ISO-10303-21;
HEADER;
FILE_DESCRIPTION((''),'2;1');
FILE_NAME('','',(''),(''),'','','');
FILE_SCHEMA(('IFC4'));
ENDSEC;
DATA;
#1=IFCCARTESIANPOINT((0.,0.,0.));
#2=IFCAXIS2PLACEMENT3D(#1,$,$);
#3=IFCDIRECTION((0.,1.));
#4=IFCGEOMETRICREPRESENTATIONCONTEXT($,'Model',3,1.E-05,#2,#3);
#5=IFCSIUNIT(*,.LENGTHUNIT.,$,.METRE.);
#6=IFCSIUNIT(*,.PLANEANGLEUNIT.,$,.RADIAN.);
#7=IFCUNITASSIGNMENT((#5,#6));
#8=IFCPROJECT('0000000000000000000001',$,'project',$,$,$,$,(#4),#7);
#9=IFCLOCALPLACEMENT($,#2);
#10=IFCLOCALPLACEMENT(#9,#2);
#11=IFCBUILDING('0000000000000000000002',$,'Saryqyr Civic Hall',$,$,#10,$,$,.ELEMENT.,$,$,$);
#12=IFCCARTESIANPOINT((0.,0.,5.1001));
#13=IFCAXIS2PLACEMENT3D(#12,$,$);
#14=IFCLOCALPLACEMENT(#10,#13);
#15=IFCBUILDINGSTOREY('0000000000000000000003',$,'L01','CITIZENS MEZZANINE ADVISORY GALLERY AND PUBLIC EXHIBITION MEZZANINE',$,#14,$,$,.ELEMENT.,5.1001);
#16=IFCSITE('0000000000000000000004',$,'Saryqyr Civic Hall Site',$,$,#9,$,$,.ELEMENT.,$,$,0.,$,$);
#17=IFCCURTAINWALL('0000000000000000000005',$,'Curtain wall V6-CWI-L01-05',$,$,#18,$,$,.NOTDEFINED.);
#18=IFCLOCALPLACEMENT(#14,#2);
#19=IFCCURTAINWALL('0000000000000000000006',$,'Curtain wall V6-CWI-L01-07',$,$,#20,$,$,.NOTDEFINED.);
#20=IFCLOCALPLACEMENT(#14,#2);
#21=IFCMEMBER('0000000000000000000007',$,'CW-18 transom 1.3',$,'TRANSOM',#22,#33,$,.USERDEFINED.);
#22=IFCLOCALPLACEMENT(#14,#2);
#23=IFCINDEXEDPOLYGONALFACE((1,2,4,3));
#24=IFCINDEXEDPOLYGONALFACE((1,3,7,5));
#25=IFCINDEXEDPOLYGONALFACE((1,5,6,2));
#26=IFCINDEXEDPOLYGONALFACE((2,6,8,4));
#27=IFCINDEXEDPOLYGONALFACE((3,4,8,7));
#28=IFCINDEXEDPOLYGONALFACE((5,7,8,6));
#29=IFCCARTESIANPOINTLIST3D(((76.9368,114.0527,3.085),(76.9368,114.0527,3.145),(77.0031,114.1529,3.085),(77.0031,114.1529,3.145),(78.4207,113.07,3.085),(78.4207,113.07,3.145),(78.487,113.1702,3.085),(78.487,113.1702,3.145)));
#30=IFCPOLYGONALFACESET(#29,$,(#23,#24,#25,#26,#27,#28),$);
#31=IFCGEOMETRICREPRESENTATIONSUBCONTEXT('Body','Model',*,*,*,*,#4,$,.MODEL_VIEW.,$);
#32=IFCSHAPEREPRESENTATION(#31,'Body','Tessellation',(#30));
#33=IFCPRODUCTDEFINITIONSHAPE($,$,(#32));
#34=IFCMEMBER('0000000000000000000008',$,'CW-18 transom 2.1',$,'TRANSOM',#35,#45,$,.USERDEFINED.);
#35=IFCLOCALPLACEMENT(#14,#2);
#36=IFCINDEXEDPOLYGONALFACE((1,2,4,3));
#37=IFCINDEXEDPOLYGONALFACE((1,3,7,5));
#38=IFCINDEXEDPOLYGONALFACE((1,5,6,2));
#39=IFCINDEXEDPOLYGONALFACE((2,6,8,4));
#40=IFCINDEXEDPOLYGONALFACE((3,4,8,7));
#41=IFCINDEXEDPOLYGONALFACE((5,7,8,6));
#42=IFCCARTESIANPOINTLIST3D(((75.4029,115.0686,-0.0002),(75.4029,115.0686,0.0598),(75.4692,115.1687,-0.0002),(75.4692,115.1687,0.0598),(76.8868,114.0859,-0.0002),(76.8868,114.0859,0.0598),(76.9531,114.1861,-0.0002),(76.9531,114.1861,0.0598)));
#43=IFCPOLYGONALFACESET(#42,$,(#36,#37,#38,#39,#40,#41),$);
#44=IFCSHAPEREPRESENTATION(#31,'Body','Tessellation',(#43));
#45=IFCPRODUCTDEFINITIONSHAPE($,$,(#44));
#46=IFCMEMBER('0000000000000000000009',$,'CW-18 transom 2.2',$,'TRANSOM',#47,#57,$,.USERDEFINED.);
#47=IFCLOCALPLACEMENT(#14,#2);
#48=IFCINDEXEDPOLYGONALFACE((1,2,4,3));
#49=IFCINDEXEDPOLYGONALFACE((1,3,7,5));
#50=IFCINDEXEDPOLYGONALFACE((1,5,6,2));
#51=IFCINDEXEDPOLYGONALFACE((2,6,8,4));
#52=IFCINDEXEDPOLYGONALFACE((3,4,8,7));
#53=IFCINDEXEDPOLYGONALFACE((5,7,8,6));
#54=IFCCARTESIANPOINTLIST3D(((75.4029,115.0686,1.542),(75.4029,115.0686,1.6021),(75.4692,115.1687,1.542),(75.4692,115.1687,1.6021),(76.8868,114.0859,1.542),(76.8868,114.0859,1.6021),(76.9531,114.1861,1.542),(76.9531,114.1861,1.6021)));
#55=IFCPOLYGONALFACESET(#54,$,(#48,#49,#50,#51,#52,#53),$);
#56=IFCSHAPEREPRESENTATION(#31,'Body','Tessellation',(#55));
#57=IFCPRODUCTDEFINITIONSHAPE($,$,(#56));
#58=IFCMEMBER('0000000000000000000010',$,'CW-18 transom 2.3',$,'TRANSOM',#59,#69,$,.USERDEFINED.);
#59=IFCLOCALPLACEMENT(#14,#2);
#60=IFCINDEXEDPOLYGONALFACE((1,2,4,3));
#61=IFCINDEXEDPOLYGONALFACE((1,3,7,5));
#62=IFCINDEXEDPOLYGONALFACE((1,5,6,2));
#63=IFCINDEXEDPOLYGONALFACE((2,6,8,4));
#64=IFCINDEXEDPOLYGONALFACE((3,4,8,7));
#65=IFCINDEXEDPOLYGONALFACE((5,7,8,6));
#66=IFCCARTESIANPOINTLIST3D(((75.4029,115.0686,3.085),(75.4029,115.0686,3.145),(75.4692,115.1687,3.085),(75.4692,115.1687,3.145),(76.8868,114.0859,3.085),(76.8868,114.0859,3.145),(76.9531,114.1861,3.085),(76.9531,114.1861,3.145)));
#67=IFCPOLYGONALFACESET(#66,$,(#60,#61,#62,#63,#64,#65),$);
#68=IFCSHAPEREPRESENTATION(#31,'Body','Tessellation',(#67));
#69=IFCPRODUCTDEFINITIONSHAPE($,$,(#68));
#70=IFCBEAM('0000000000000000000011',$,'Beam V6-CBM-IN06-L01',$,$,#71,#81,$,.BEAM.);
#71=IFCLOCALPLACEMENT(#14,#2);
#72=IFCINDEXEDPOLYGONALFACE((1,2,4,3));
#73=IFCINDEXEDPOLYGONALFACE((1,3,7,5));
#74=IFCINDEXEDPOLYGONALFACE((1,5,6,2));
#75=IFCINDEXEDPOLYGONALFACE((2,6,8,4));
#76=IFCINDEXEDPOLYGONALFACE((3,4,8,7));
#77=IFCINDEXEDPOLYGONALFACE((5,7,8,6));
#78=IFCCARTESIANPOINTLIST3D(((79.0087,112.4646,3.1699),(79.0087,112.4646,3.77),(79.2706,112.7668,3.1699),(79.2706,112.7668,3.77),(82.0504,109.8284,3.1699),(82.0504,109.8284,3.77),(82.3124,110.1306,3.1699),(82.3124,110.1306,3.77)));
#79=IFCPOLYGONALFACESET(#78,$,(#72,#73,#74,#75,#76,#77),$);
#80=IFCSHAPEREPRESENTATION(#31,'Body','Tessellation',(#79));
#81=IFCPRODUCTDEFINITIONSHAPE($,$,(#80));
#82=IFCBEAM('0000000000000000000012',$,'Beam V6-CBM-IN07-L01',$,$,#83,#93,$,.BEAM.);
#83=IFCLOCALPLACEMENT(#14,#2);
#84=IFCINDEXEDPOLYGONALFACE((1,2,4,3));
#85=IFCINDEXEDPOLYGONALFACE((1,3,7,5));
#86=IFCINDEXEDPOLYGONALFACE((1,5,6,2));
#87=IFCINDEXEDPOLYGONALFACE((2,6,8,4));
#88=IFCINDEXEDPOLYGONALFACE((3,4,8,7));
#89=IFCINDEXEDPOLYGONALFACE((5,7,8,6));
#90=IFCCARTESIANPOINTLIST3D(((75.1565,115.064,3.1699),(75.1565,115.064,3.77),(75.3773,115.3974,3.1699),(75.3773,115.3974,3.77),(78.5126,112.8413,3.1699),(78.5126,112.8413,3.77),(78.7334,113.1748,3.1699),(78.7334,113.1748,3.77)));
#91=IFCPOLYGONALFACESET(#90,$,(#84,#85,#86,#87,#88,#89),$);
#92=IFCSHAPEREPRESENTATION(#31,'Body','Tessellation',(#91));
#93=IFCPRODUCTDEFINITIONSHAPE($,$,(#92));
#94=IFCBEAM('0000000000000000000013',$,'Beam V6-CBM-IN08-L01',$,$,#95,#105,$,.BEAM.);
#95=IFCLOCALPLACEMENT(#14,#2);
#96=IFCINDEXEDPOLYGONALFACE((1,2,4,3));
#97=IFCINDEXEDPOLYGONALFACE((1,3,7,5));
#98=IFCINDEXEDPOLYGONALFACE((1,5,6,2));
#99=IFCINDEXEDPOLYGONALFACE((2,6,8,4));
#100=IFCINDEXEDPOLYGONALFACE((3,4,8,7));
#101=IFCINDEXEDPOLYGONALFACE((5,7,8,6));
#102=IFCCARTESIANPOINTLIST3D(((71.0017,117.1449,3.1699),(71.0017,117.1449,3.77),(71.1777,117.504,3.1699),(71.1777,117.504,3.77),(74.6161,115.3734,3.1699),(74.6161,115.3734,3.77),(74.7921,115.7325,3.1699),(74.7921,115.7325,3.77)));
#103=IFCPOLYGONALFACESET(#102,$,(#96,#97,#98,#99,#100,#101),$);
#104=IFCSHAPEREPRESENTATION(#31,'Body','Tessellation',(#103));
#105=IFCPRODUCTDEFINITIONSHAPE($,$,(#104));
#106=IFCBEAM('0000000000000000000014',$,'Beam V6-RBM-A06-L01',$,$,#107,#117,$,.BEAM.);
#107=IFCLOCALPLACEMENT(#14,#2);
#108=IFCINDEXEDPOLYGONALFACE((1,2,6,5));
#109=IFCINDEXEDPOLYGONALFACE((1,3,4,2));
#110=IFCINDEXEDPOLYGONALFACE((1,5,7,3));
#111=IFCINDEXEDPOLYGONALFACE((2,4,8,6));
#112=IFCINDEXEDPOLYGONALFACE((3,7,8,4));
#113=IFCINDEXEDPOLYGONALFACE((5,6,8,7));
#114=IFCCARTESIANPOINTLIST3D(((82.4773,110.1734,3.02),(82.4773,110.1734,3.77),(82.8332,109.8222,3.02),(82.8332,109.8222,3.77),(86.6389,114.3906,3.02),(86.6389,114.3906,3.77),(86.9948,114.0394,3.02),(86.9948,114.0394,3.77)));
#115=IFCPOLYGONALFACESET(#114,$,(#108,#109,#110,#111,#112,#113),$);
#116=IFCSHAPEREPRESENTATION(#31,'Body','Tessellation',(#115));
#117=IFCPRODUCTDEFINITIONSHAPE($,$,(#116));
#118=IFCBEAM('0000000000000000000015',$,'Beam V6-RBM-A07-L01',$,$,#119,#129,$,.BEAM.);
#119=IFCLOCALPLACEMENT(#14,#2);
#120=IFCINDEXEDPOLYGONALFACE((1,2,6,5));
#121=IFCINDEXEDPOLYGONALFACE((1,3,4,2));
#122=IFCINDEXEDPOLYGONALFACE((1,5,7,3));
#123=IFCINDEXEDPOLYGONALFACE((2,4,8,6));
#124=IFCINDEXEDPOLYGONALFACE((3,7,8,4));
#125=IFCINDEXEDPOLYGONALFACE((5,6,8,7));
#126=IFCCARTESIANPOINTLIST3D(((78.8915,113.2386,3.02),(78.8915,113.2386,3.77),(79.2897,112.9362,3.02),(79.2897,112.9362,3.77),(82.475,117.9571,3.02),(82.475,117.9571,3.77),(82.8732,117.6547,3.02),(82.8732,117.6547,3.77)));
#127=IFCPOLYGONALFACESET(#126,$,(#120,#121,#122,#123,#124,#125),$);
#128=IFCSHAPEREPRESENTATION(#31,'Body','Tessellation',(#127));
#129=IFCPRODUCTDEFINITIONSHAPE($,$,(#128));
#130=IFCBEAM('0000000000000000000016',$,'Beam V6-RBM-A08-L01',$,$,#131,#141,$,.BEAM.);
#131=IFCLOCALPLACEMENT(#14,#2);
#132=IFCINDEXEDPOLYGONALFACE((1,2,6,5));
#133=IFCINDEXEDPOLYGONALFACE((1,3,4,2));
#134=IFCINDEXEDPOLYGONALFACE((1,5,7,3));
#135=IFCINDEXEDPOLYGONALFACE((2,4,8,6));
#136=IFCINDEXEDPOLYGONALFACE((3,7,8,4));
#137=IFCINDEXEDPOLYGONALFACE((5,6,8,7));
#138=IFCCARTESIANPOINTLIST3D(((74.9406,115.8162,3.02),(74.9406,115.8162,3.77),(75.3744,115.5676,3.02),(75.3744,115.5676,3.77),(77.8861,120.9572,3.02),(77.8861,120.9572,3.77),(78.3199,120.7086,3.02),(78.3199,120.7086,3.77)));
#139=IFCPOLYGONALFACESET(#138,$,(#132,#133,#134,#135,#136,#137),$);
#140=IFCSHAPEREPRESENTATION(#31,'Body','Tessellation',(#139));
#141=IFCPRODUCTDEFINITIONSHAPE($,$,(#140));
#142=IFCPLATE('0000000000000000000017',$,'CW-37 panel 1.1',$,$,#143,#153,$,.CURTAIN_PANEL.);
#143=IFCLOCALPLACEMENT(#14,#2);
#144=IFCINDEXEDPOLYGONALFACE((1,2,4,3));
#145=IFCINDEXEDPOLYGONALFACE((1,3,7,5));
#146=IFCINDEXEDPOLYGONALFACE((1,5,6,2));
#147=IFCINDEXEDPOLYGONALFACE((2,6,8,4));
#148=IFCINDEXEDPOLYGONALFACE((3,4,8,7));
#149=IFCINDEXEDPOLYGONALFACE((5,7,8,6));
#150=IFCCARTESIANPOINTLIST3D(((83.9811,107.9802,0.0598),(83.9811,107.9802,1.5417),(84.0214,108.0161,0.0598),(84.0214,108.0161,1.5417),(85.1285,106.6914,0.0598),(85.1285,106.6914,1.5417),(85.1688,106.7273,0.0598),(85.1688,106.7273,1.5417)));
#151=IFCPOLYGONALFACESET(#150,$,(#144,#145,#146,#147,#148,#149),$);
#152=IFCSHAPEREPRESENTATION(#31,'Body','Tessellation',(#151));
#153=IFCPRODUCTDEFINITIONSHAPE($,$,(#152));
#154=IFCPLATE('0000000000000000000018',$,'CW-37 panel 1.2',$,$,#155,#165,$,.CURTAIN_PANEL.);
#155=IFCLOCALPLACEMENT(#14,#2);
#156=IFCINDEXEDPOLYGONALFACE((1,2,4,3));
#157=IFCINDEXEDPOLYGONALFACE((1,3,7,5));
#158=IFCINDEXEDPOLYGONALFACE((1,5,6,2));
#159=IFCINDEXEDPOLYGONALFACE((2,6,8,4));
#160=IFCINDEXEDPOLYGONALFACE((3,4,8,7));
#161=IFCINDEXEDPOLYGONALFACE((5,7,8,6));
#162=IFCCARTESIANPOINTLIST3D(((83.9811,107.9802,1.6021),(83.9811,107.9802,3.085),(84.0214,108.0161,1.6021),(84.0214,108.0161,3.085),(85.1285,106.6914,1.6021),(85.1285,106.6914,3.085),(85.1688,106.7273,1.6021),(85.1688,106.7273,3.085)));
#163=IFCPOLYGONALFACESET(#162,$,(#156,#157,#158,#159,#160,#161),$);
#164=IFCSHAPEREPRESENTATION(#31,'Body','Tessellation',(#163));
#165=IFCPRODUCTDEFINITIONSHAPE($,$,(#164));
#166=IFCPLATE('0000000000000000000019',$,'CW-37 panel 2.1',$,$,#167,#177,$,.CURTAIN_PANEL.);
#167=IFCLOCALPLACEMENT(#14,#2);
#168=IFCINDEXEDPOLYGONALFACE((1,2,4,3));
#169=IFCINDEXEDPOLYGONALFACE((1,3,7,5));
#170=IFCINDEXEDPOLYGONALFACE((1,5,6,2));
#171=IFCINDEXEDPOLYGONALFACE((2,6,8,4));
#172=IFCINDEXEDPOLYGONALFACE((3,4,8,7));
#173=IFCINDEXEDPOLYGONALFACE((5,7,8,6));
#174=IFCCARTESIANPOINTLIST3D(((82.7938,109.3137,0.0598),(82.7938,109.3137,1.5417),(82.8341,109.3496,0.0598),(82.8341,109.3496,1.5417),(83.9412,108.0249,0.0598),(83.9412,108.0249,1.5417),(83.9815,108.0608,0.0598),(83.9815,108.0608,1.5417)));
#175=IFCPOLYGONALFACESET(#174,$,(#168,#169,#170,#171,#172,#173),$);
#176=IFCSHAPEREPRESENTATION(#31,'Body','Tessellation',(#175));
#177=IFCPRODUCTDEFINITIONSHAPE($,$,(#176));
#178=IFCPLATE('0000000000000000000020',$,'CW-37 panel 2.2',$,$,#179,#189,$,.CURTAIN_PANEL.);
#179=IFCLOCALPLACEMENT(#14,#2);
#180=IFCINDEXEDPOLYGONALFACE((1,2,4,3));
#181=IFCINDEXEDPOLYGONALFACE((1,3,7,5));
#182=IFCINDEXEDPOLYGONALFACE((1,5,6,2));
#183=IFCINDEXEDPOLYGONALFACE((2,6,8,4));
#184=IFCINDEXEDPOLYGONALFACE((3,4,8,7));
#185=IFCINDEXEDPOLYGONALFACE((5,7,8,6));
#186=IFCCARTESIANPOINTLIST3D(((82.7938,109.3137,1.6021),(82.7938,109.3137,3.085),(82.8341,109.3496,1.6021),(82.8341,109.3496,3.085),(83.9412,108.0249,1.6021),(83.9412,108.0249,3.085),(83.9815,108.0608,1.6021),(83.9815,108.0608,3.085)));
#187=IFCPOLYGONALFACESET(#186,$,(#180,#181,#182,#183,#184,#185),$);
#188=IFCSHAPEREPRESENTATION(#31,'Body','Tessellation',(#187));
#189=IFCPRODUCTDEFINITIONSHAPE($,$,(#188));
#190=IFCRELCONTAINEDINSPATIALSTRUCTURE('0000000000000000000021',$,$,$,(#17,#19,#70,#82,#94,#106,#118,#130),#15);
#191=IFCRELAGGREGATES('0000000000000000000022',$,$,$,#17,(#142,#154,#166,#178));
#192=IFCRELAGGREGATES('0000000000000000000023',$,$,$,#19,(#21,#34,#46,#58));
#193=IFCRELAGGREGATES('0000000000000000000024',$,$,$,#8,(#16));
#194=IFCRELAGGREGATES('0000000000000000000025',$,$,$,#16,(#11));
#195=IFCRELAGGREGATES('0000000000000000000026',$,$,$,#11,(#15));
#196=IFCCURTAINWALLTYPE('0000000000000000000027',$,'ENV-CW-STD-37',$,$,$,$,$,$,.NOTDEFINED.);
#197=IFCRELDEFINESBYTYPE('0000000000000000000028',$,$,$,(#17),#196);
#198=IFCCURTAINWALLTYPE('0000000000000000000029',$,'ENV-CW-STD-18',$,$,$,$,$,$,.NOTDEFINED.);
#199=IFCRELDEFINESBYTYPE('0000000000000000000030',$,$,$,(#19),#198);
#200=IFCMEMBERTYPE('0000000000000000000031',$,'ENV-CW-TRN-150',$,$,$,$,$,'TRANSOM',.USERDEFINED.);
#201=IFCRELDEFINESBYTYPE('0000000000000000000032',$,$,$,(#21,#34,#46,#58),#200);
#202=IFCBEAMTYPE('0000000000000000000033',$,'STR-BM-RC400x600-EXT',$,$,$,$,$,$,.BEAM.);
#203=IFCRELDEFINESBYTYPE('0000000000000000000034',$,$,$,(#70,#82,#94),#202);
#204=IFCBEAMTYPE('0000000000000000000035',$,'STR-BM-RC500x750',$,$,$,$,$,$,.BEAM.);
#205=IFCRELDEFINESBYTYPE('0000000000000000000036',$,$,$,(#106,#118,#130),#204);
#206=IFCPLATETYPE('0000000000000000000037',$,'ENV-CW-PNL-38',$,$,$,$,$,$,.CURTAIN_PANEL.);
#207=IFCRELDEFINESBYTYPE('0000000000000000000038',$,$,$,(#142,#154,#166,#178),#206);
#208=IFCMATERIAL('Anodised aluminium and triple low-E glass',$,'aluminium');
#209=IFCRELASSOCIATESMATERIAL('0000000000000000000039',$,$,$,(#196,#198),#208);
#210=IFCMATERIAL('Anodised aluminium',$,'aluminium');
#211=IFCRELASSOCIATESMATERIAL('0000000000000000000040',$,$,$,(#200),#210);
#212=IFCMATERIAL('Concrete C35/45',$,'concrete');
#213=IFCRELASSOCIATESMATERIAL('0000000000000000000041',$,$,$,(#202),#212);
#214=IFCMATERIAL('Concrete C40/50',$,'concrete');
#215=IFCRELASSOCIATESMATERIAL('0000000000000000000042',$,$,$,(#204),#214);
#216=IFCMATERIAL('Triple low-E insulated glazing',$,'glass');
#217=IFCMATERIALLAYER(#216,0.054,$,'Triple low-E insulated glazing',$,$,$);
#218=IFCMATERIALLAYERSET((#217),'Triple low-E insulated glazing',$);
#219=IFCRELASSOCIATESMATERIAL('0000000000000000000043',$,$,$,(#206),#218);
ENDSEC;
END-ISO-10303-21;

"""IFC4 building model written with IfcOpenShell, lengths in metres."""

from ifc_helpers import new_model, si_unit, direction, frame, origin, origin_2d, place, context, subcontext, project, spatial, rectangle, extrude, material, layer, layer_set, material_profile, profile_set, type_object, element, aggregate, save


model = new_model("IFC4")

# Units and contexts
model_context = context("Model", 3, precision=1e-05, world=origin(), true_north=direction((0.0, 1.0)))
body_context = subcontext(model_context, "Body", "Model", "MODEL_VIEW")
ifc_project = project(units=[si_unit("LENGTHUNIT", "METRE"), si_unit("PLANEANGLEUNIT", "RADIAN")], contexts=[model_context])

# Site, building, storey
site_placement = place(None, origin())
site = spatial("IfcSite", under=ifc_project, at=site_placement, Name="Saryqyr Civic Hall Site", CompositionType="ELEMENT", RefElevation=0.0)
building_placement = place(site_placement, origin())
building = spatial("IfcBuilding", under=site, at=building_placement, Name="Saryqyr Civic Hall", CompositionType="ELEMENT")
storey_placement = place(building_placement, frame((0.0, 0.0, 5.1001)))
storey = spatial("IfcBuildingStorey", under=building, at=storey_placement, Name="L01", Description="CITIZENS MEZZANINE ADVISORY GALLERY AND PUBLIC EXHIBITION MEZZANINE", CompositionType="ELEMENT", Elevation=5.1001)

# Shared definitions
ifc_material_1 = material(Name="Concrete C40/50", Category="concrete")

# Curtain walls
ifc_material_2 = material(Name="Anodised aluminium and triple low-E glass", Category="aluminium")
curtain_wall_type_1 = type_object("IfcCurtainWallType", Name="ENV-CW-STD-37", PredefinedType="NOTDEFINED", material=ifc_material_2)
curtain_wall_1_placement = place(storey_placement, origin())
curtain_wall_1 = element("IfcCurtainWall", 1, at=curtain_wall_1_placement, inside=storey, type_object=curtain_wall_type_1, Name="Curtain wall V6-CWI-L01-05", PredefinedType="NOTDEFINED")
ifc_material_3 = material(Name="Anodised aluminium", Category="aluminium")
curtain_wall_type_2 = type_object("IfcCurtainWallType", Name="ENV-CW-STD-18", PredefinedType="NOTDEFINED", material=ifc_material_2)
curtain_wall_2_placement = place(storey_placement, origin())
curtain_wall_2 = element("IfcCurtainWall", 2, at=curtain_wall_2_placement, inside=storey, type_object=curtain_wall_type_2, Name="Curtain wall V6-CWI-L01-07", PredefinedType="NOTDEFINED")

# Members
ifc_material_profile_1 = material_profile(ifc_material_3, rectangle(XDim=0.1201, YDim=0.0601, at=origin_2d()), Name="ALU TRANSOM 120x60")
ifc_profile_set_1 = profile_set([ifc_material_profile_1], Name="Anodised aluminium")
member_type_1 = type_object("IfcMemberType", Name="ENV-CW-TRN-150", ElementType="TRANSOM", PredefinedType="USERDEFINED", material=ifc_profile_set_1)
member_1_placement = place(storey_placement, frame((78.4539, 113.1201, 3.115), z_axis=(-0.833756, 0.552133, 0.0), x_axis=(-0.552133, -0.833756, 0.0)))
member_1 = element("IfcMember", 3, at=member_1_placement, type_object=member_type_1, Name="CW-18 transom 1.3", ObjectType="TRANSOM", PredefinedType="USERDEFINED", context=body_context, shape_type="SweptSolid", body=[
    extrude(rectangle(XDim=0.1201, YDim=0.0601, at=origin_2d()), origin(), (0.0, 0.0, 1.0), 1.7798),
])
member_2_placement = place(storey_placement, frame((76.9199, 114.136, 0.0298), z_axis=(-0.833756, 0.552133, 0.0), x_axis=(-0.552133, -0.833756, 0.0)))
member_2 = element("IfcMember", 4, at=member_2_placement, type_object=member_type_1, Name="CW-18 transom 2.1", ObjectType="TRANSOM", PredefinedType="USERDEFINED", context=body_context, shape_type="SweptSolid", body=[
    extrude(rectangle(XDim=0.1201, YDim=0.0601, at=origin_2d()), origin(), (0.0, 0.0, 1.0), 1.7798),
])
member_3_placement = place(storey_placement, frame((76.9199, 114.136, 1.572), z_axis=(-0.833756, 0.552133, 0.0), x_axis=(-0.552133, -0.833756, 0.0)))
member_3 = element("IfcMember", 5, at=member_3_placement, type_object=member_type_1, Name="CW-18 transom 2.2", ObjectType="TRANSOM", PredefinedType="USERDEFINED", context=body_context, shape_type="SweptSolid", body=[
    extrude(rectangle(XDim=0.1201, YDim=0.0601, at=origin_2d()), origin(), (0.0, 0.0, 1.0), 1.7798),
])
member_4_placement = place(storey_placement, frame((76.9199, 114.136, 3.115), z_axis=(-0.833756, 0.552133, 0.0), x_axis=(-0.552133, -0.833756, 0.0)))
member_4 = element("IfcMember", 6, at=member_4_placement, type_object=member_type_1, Name="CW-18 transom 2.3", ObjectType="TRANSOM", PredefinedType="USERDEFINED", context=body_context, shape_type="SweptSolid", body=[
    extrude(rectangle(XDim=0.1201, YDim=0.0601, at=origin_2d()), origin(), (0.0, 0.0, 1.0), 1.7798),
])

# Beams
ifc_material_4 = material(Name="Concrete C35/45", Category="concrete")
ifc_material_profile_2 = material_profile(ifc_material_4, rectangle(XDim=0.3999, YDim=0.6001, at=origin_2d()), Name="RC 400x600")
ifc_profile_set_2 = profile_set([ifc_material_profile_2], Name="Concrete C35/45")
beam_type_1 = type_object("IfcBeamType", Name="STR-BM-RC400x600-EXT", PredefinedType="BEAM", material=ifc_profile_set_2)
beam_1_placement = place(storey_placement, frame((82.1814, 109.9795, 3.47), z_axis=(-0.755683, 0.654937, 0.0), x_axis=(-0.654937, -0.755683, 0.0)))
element("IfcBeam", 7, at=beam_1_placement, inside=storey, type_object=beam_type_1, Name="Beam V6-CBM-IN06-L01", PredefinedType="BEAM", context=body_context, shape_type="SweptSolid", body=[
    extrude(rectangle(XDim=0.3999, YDim=0.6001, at=origin_2d()), origin(), (0.0, 0.0, 1.0), 4.0251),
])
beam_2_placement = place(storey_placement, frame((78.623, 113.0081, 3.47), z_axis=(-0.833745, 0.55215, 0.0), x_axis=(-0.55215, -0.833745, 0.0)))
element("IfcBeam", 8, at=beam_2_placement, inside=storey, type_object=beam_type_1, Name="Beam V6-CBM-IN07-L01", PredefinedType="BEAM", context=body_context, shape_type="SweptSolid", body=[
    extrude(rectangle(XDim=0.3999, YDim=0.6001, at=origin_2d()), origin(), (0.0, 0.0, 1.0), 4.0254),
])
beam_3_placement = place(storey_placement, frame((74.7041, 115.553, 3.47), z_axis=(-0.897953, 0.440091, 0.0), x_axis=(-0.440091, -0.897953, 0.0)))
element("IfcBeam", 9, at=beam_3_placement, inside=storey, type_object=beam_type_1, Name="Beam V6-CBM-IN08-L01", PredefinedType="BEAM", context=body_context, shape_type="SweptSolid", body=[
    extrude(rectangle(XDim=0.3999, YDim=0.6001, at=origin_2d()), origin(), (0.0, 0.0, 1.0), 4.0251),
])
ifc_material_profile_3 = material_profile(ifc_material_1, rectangle(XDim=0.5, YDim=0.75, at=origin_2d()), Name="RC 500x750")
ifc_profile_set_3 = profile_set([ifc_material_profile_3], Name="Concrete C40/50")
beam_type_2 = type_object("IfcBeamType", Name="STR-BM-RC500x750", PredefinedType="BEAM", material=ifc_profile_set_3)
beam_4_placement = place(storey_placement, frame((82.6553, 109.9978, 3.395), z_axis=(0.702394, 0.711789, 0.0), x_axis=(-0.711789, 0.702394, 0.0)))
element("IfcBeam", 10, at=beam_4_placement, inside=storey, type_object=beam_type_2, Name="Beam V6-RBM-A06-L01", PredefinedType="BEAM", context=body_context, shape_type="SweptSolid", body=[
    extrude(rectangle(XDim=0.5, YDim=0.75, at=origin_2d()), origin(), (0.0, 0.0, 1.0), 5.9248),
])
for number, where, z_axis, x_axis, name in (
    (11, (79.0906, 113.0874, 3.395), (0.604808, 0.796371, 0.0), (-0.796371, 0.604808, 0.0), "Beam V6-RBM-A07-L01"),
    (12, (75.1575, 115.6919, 3.395), (0.497128, 0.867677, 0.0), (-0.867677, 0.497128, 0.0), "Beam V6-RBM-A08-L01"),
):
    element("IfcBeam", number, at=place(storey_placement, frame(where, z_axis=z_axis, x_axis=x_axis)), inside=storey, type_object=beam_type_2, Name=name, PredefinedType="BEAM", context=body_context, shape_type="SweptSolid", body=[
        extrude(rectangle(XDim=0.5, YDim=0.75, at=origin_2d()), origin(), (0.0, 0.0, 1.0), 5.925),
    ])

# Plates
ifc_material_5 = material(Name="Triple low-E insulated glazing", Category="glass")
ifc_layer_1 = layer(ifc_material_5, 0.054, Name="Triple low-E insulated glazing")
ifc_layer_set_1 = layer_set([ifc_layer_1], Name="Triple low-E insulated glazing")
plate_type = type_object("IfcPlateType", Name="ENV-CW-PNL-38", PredefinedType="CURTAIN_PANEL", material=ifc_layer_set_1)
plate_1_placement = place(storey_placement, frame((84.575, 107.3538, 0.0598), z_axis=(0.0, 0.0, 1.0), x_axis=(-0.664938, 0.746899, 0.0)))
plate_1 = element("IfcPlate", 13, at=plate_1_placement, type_object=plate_type, Name="CW-37 panel 1.1", PredefinedType="CURTAIN_PANEL", context=body_context, shape_type="SweptSolid", body=[
    extrude(rectangle(XDim=1.7256, YDim=0.054, at=origin_2d()), origin(), (0.0, 0.0, 1.0), 1.4819),
])
plate_2_placement = place(storey_placement, frame((84.575, 107.3538, 1.6021), z_axis=(0.0, 0.0, 1.0), x_axis=(-0.664938, 0.746899, 0.0)))
plate_2 = element("IfcPlate", 14, at=plate_2_placement, type_object=plate_type, Name="CW-37 panel 1.2", PredefinedType="CURTAIN_PANEL", context=body_context, shape_type="SweptSolid", body=[
    extrude(rectangle(XDim=1.7256, YDim=0.054, at=origin_2d()), origin(), (0.0, 0.0, 1.0), 1.4829),
])
plate_3_placement = place(storey_placement, frame((83.3877, 108.6873, 0.0598), z_axis=(0.0, 0.0, 1.0), x_axis=(-0.664938, 0.746899, 0.0)))
plate_3 = element("IfcPlate", 15, at=plate_3_placement, type_object=plate_type, Name="CW-37 panel 2.1", PredefinedType="CURTAIN_PANEL", context=body_context, shape_type="SweptSolid", body=[
    extrude(rectangle(XDim=1.7256, YDim=0.054, at=origin_2d()), origin(), (0.0, 0.0, 1.0), 1.4819),
])
plate_4_placement = place(storey_placement, frame((83.3877, 108.6873, 1.6021), z_axis=(0.0, 0.0, 1.0), x_axis=(-0.664938, 0.746899, 0.0)))
plate_4 = element("IfcPlate", 16, at=plate_4_placement, type_object=plate_type, Name="CW-37 panel 2.2", PredefinedType="CURTAIN_PANEL", context=body_context, shape_type="SweptSolid", body=[
    extrude(rectangle(XDim=1.7256, YDim=0.054, at=origin_2d()), origin(), (0.0, 0.0, 1.0), 1.4829),
])
aggregate(curtain_wall_1, [plate_1, plate_2, plate_3, plate_4])
aggregate(curtain_wall_2, [member_1, member_2, member_3, member_4])

save(model, "model.ifc")
